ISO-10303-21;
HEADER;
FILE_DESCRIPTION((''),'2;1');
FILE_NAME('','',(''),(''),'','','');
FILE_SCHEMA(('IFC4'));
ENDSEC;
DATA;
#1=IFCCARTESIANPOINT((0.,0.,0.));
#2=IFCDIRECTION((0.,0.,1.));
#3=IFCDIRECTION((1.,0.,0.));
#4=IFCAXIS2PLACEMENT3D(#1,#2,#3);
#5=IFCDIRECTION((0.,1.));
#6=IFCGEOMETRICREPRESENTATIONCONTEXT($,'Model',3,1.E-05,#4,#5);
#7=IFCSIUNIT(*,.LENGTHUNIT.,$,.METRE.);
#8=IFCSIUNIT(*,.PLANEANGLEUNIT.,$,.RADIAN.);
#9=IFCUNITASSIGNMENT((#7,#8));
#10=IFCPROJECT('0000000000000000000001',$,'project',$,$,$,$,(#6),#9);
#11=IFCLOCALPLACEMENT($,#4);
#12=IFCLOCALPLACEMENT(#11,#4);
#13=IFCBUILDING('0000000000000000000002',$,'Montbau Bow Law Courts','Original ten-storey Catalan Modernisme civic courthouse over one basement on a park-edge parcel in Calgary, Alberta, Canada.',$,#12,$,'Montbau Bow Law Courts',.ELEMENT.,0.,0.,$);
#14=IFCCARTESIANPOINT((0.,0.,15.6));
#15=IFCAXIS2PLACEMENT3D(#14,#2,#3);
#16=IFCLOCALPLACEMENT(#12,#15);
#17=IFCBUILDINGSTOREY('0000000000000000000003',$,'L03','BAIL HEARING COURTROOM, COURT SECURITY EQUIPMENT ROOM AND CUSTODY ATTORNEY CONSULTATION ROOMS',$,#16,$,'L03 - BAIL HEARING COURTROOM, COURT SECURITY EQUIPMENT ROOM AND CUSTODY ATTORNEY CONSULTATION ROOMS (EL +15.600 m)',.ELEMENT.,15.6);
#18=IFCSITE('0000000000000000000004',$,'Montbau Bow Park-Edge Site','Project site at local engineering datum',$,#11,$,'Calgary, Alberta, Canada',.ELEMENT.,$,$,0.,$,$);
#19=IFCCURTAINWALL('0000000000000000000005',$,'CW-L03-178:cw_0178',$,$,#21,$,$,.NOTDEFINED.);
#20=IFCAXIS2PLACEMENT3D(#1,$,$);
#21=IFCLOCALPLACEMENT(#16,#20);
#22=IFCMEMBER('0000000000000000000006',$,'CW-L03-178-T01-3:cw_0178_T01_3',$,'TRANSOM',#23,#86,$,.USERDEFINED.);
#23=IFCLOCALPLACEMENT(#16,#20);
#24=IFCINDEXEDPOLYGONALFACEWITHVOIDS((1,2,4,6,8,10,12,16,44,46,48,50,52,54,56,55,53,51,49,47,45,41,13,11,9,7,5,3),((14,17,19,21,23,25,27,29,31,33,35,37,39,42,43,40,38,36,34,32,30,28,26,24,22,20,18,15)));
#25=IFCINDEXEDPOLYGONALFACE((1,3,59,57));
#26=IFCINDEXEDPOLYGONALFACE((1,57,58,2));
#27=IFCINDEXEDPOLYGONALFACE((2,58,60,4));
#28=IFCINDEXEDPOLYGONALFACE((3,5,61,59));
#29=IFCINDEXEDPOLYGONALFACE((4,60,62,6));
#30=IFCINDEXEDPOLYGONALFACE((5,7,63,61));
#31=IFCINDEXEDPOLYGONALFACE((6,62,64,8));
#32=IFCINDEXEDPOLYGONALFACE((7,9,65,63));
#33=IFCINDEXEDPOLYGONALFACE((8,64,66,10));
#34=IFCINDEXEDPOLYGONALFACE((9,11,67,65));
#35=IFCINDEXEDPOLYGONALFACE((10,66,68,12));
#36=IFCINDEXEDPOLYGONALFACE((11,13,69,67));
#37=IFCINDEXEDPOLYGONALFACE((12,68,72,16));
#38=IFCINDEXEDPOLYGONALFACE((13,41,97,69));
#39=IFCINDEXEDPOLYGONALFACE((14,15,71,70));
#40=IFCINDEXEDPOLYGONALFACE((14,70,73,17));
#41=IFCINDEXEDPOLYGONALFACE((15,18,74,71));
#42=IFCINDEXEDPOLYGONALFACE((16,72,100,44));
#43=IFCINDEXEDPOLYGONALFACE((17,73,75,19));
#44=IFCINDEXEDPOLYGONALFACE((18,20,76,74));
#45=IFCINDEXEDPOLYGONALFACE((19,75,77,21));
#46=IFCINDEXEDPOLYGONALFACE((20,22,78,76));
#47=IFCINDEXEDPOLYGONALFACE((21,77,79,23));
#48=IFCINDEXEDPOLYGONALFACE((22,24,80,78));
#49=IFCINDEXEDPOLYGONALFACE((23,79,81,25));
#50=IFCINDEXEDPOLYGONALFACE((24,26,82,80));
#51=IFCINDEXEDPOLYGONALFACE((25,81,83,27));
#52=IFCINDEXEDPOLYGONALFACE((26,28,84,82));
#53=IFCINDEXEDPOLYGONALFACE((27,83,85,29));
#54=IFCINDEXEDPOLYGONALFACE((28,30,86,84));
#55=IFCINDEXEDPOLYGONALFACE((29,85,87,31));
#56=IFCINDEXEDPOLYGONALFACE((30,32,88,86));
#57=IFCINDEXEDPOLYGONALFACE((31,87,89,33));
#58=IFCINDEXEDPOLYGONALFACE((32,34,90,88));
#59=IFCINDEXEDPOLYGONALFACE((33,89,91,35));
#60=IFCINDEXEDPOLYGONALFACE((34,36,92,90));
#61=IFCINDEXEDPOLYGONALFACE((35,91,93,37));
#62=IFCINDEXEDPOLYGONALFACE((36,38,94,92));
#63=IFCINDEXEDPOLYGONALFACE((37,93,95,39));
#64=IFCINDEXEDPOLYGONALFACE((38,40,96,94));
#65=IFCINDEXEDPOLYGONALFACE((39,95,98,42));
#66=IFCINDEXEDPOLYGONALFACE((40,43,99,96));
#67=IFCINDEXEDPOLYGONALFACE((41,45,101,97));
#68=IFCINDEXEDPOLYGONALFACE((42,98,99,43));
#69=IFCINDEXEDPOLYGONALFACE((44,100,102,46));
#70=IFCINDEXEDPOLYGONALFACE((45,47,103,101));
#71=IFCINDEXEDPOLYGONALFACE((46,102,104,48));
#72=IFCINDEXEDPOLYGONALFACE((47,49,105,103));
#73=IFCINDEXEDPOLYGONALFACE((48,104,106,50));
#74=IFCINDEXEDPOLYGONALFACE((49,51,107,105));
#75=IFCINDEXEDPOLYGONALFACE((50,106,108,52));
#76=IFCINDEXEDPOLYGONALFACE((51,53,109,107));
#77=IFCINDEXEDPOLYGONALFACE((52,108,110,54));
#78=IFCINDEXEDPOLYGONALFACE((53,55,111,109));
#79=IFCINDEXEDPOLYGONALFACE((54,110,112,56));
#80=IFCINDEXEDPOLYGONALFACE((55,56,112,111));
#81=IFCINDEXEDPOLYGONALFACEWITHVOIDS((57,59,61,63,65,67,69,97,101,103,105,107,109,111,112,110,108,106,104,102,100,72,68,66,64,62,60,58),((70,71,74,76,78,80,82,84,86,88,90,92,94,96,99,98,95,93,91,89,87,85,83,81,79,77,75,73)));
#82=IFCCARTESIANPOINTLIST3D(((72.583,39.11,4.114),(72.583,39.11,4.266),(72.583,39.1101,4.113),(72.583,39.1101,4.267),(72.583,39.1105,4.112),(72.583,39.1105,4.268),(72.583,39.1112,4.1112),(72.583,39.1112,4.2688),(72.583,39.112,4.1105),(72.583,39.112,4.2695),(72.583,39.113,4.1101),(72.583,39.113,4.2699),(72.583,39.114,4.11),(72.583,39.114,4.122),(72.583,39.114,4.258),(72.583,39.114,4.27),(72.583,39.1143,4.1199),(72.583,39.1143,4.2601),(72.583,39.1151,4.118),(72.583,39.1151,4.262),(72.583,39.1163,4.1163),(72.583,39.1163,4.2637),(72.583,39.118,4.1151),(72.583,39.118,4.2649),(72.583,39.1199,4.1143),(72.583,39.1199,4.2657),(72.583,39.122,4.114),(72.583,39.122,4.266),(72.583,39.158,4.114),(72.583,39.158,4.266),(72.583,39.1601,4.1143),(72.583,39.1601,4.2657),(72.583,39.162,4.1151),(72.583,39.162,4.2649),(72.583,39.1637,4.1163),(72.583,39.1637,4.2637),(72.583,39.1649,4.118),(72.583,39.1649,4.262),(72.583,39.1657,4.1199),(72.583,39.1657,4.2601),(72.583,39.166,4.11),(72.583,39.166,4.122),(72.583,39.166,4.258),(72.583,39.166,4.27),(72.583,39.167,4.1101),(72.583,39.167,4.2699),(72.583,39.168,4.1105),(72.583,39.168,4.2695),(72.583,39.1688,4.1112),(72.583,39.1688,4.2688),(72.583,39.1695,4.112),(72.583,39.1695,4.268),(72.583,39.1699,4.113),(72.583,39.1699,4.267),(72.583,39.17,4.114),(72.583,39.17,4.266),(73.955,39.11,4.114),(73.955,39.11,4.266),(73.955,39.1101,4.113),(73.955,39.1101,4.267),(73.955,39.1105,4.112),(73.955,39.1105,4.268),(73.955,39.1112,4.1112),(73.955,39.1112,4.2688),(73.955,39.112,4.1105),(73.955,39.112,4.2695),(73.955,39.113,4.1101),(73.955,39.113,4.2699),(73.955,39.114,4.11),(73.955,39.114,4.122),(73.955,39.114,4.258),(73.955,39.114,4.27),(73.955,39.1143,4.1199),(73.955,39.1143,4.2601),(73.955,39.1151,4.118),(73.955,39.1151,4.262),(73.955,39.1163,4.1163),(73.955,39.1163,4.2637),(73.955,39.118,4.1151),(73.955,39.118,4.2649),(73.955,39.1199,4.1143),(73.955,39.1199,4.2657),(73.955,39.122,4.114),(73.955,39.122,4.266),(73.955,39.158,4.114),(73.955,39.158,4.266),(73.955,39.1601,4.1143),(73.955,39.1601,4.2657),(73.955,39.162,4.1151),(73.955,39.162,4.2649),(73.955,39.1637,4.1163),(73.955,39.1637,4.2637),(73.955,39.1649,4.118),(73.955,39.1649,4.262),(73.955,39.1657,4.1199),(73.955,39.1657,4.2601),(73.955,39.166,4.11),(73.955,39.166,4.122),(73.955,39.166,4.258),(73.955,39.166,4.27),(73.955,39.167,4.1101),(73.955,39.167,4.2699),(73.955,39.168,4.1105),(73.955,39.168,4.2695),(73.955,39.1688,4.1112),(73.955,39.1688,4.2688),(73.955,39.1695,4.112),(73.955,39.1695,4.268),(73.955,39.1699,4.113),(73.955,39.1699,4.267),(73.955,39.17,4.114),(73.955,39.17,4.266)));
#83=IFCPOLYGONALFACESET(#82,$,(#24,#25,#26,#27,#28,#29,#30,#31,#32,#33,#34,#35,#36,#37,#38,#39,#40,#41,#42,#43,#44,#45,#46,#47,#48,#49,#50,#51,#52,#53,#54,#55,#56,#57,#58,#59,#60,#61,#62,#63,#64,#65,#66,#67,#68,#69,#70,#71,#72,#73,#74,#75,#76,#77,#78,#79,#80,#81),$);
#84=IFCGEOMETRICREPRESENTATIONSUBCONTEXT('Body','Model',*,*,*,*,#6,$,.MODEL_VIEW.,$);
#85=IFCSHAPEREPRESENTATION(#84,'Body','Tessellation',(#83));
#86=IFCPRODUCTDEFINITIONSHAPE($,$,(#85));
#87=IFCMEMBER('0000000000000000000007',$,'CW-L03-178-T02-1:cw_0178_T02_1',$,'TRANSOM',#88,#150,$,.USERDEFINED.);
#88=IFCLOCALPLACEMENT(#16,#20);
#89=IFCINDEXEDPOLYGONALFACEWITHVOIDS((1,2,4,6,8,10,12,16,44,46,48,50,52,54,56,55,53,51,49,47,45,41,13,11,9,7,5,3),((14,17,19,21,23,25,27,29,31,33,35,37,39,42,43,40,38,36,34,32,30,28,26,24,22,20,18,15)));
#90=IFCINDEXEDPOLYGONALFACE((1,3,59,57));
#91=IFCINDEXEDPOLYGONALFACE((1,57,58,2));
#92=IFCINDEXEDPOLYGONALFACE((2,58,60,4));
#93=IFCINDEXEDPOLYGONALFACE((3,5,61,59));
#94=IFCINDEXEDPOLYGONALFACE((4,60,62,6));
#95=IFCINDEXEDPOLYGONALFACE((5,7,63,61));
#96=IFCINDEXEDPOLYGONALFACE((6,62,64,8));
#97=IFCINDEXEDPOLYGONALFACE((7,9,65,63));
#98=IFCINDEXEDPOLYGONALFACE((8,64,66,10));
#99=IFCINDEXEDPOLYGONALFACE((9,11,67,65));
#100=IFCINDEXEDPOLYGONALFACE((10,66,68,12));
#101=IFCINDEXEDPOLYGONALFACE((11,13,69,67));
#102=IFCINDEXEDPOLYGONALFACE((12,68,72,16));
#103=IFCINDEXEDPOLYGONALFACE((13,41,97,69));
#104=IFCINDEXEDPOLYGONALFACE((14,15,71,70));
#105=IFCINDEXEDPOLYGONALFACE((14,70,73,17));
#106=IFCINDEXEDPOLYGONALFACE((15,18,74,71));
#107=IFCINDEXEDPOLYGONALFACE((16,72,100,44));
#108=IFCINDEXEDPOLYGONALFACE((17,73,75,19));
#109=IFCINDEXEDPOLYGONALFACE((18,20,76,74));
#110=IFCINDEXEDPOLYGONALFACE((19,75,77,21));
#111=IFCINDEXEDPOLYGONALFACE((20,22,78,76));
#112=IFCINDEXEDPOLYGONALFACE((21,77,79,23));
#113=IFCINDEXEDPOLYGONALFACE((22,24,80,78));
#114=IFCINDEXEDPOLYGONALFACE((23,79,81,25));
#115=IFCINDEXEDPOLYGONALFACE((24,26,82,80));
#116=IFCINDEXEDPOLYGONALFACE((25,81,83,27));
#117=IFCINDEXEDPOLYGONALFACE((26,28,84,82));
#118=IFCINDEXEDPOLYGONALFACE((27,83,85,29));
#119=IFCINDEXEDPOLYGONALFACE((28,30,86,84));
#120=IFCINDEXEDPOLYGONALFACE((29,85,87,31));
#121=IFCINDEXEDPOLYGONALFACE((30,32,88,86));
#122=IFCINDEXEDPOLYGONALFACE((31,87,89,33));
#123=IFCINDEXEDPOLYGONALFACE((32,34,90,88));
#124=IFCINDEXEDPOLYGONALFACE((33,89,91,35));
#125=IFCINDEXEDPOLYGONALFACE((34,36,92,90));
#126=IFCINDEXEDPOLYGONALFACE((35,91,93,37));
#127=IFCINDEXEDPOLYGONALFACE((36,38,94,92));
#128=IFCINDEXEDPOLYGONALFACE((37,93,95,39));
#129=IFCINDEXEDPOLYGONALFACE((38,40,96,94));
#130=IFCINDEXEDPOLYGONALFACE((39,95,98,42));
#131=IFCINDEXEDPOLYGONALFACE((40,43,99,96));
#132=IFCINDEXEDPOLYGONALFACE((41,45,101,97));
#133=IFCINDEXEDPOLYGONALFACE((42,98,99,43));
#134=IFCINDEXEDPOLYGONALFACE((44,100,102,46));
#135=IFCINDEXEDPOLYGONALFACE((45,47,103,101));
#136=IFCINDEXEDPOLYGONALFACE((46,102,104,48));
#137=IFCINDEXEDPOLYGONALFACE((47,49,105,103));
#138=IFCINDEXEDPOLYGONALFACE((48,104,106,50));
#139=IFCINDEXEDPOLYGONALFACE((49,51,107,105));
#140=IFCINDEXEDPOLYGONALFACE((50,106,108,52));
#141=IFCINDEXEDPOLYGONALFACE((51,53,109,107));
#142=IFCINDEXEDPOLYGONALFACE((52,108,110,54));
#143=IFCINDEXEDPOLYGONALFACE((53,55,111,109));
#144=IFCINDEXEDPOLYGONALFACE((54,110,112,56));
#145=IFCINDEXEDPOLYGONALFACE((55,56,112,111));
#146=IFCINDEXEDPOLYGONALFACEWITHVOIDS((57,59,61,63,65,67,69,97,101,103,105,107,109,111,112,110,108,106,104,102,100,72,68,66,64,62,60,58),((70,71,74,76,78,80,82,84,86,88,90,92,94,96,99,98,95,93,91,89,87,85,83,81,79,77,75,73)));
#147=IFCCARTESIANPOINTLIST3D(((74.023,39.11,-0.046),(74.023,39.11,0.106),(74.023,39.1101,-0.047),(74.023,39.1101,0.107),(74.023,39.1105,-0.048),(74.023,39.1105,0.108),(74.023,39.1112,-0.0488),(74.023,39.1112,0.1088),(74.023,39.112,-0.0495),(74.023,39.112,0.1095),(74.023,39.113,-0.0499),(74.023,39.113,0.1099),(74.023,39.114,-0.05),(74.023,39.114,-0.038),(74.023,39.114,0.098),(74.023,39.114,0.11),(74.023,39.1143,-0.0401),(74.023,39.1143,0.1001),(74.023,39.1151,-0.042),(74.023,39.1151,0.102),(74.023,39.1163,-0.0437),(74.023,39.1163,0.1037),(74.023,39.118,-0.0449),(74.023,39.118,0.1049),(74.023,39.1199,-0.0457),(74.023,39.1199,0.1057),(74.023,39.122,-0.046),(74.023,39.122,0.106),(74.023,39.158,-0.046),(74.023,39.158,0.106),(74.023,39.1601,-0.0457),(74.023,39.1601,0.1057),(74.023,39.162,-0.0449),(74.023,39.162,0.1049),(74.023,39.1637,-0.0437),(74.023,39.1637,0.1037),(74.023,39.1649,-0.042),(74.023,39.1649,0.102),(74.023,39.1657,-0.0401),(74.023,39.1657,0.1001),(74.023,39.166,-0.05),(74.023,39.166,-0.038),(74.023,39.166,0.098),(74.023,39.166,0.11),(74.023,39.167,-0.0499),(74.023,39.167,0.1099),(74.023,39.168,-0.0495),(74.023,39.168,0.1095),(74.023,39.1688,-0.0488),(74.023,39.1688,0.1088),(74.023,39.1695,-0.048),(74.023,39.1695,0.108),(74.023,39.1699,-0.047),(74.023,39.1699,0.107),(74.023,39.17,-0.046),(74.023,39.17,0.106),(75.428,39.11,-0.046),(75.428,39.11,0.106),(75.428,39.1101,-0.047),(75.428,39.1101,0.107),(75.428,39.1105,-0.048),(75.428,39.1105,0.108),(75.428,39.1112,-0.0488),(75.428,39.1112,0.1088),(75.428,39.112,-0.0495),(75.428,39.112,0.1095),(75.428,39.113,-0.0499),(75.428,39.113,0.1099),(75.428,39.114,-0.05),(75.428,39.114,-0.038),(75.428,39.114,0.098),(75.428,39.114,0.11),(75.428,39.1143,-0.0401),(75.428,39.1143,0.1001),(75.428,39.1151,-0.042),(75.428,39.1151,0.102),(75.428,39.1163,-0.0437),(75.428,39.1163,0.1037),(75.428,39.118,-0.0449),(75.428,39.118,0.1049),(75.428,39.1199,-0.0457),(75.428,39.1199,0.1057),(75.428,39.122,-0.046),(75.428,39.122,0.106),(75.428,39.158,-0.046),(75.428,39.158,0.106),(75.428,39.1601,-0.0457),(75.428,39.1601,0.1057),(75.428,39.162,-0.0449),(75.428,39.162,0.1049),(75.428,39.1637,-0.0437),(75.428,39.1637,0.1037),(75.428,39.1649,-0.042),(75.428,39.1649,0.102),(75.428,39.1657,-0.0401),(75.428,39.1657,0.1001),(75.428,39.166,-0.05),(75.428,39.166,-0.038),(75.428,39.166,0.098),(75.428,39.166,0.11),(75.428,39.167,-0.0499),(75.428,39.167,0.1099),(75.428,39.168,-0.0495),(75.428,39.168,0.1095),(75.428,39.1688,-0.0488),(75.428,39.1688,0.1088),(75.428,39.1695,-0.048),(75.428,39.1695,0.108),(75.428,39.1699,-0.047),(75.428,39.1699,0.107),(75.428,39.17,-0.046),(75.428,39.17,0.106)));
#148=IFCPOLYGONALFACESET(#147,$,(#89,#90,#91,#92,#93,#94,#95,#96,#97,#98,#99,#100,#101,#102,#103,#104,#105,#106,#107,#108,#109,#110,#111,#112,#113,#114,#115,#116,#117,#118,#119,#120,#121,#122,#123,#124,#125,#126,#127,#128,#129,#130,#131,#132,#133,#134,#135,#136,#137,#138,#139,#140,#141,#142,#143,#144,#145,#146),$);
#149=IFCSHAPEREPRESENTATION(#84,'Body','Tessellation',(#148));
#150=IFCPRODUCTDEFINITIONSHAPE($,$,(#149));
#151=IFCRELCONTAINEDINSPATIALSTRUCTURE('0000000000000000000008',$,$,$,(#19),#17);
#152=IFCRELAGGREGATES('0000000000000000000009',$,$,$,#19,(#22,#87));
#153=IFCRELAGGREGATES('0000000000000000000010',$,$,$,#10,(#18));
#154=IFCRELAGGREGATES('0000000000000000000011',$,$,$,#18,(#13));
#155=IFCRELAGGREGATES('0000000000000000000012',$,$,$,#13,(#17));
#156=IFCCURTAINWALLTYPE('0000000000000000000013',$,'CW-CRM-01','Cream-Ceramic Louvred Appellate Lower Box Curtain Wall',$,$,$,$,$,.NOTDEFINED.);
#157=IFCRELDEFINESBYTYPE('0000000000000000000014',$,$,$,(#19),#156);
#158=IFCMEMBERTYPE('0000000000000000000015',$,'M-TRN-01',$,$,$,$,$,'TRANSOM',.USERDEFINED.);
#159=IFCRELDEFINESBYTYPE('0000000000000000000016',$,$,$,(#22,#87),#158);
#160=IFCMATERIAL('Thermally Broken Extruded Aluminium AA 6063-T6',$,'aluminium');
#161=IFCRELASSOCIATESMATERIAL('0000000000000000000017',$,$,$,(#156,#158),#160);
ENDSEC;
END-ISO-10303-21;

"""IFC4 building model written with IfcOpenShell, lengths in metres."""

from ifc_helpers import new_model, si_unit, direction, frame, origin_with_axes, origin_2d_with_axis, place, context, subcontext, project, spatial, hollow_rectangle, extrude, material, material_profile, profile_set, type_object, element, aggregate, save


model = new_model("IFC4")

# Units and contexts
model_context = context("Model", 3, precision=1e-05, world=origin_with_axes(), true_north=direction((0.0, 1.0)))
body_context = subcontext(model_context, "Body", "Model", "MODEL_VIEW")
ifc_project = project(units=[si_unit("LENGTHUNIT", "METRE"), si_unit("PLANEANGLEUNIT", "RADIAN")], contexts=[model_context])

# Site, building, storey
site_placement = place(None, origin_with_axes())
site = spatial("IfcSite", under=ifc_project, at=site_placement, Name="Montbau Bow Park-Edge Site", Description="Project site at local engineering datum", LongName="Calgary, Alberta, Canada", CompositionType="ELEMENT", RefElevation=0.0)
building_placement = place(site_placement, origin_with_axes())
building = spatial("IfcBuilding", under=site, at=building_placement, Name="Montbau Bow Law Courts", Description="Original ten-storey Catalan Modernisme civic courthouse over one basement on a park-edge parcel in Calgary, Alberta, Canada.", LongName="Montbau Bow Law Courts", CompositionType="ELEMENT", ElevationOfRefHeight=0.0, ElevationOfTerrain=0.0)
storey_placement = place(building_placement, frame((0.0, 0.0, 15.6), z_axis=(0.0, 0.0, 1.0), x_axis=(1.0, 0.0, 0.0)))
storey = spatial("IfcBuildingStorey", under=building, at=storey_placement, Name="L03", Description="BAIL HEARING COURTROOM, COURT SECURITY EQUIPMENT ROOM AND CUSTODY ATTORNEY CONSULTATION ROOMS", LongName="L03 - BAIL HEARING COURTROOM, COURT SECURITY EQUIPMENT ROOM AND CUSTODY ATTORNEY CONSULTATION ROOMS (EL +15.600 m)", CompositionType="ELEMENT", Elevation=15.6)

# Shared definitions
ifc_material_1 = material(Name="Thermally Broken Extruded Aluminium AA 6063-T6", Category="aluminium")
curtain_wall_type = type_object("IfcCurtainWallType", Name="CW-CRM-01", Description="Cream-Ceramic Louvred Appellate Lower Box Curtain Wall", PredefinedType="NOTDEFINED", material=ifc_material_1)

# Curtain wall, members
curtain_wall_1_placement = place(None, frame((72.515, 39.14, 15.6), z_axis=(0.0, 0.0, 1.0), x_axis=(1.0, 0.0, 0.0)))
curtain_wall_1 = element("IfcCurtainWall", 1, at=curtain_wall_1_placement, inside=storey, type_object=curtain_wall_type, Name="CW-L03-178:cw_0178", PredefinedType="NOTDEFINED")
ifc_material_profile_1 = material_profile(ifc_material_1, hollow_rectangle(XDim=0.06, YDim=0.16, WallThickness=0.004, InnerFilletRadius=0.008, OuterFilletRadius=0.004, at=origin_2d_with_axis()), Name="CWT-160X60", Category="Main", Priority=0)
ifc_profile_set_1 = profile_set([ifc_material_profile_1], Name="Thermally Broken Extruded Aluminium AA 6063-T6")
member_type_1 = type_object("IfcMemberType", Name="M-TRN-01", ElementType="TRANSOM", PredefinedType="USERDEFINED", material=ifc_profile_set_1)
member_1_placement = place(None, frame((72.583, 39.14, 19.79), z_axis=(1.0, 0.0, 0.0), x_axis=(0.0, 1.0, 0.0)))
member_1 = element("IfcMember", 2, at=member_1_placement, type_object=member_type_1, Name="CW-L03-178-T01-3:cw_0178_T01_3", ObjectType="TRANSOM", PredefinedType="USERDEFINED", context=body_context, shape_type="SweptSolid", body=[
    extrude(hollow_rectangle(XDim=0.06, YDim=0.16, WallThickness=0.004, InnerFilletRadius=0.008, OuterFilletRadius=0.004, at=origin_2d_with_axis()), origin_with_axes(), (0.0, 0.0, 1.0), 1.372),
])
member_2_placement = place(None, frame((74.023, 39.14, 15.63), z_axis=(1.0, 0.0, 0.0), x_axis=(0.0, 1.0, 0.0)))
member_2 = element("IfcMember", 3, at=member_2_placement, type_object=member_type_1, Name="CW-L03-178-T02-1:cw_0178_T02_1", ObjectType="TRANSOM", PredefinedType="USERDEFINED", context=body_context, shape_type="SweptSolid", body=[
    extrude(hollow_rectangle(XDim=0.06, YDim=0.16, WallThickness=0.004, InnerFilletRadius=0.008, OuterFilletRadius=0.004, at=origin_2d_with_axis()), origin_with_axes(), (0.0, 0.0, 1.0), 1.405),
])

aggregate(curtain_wall_1, [member_1, member_2])

save(model, "model.ifc")
